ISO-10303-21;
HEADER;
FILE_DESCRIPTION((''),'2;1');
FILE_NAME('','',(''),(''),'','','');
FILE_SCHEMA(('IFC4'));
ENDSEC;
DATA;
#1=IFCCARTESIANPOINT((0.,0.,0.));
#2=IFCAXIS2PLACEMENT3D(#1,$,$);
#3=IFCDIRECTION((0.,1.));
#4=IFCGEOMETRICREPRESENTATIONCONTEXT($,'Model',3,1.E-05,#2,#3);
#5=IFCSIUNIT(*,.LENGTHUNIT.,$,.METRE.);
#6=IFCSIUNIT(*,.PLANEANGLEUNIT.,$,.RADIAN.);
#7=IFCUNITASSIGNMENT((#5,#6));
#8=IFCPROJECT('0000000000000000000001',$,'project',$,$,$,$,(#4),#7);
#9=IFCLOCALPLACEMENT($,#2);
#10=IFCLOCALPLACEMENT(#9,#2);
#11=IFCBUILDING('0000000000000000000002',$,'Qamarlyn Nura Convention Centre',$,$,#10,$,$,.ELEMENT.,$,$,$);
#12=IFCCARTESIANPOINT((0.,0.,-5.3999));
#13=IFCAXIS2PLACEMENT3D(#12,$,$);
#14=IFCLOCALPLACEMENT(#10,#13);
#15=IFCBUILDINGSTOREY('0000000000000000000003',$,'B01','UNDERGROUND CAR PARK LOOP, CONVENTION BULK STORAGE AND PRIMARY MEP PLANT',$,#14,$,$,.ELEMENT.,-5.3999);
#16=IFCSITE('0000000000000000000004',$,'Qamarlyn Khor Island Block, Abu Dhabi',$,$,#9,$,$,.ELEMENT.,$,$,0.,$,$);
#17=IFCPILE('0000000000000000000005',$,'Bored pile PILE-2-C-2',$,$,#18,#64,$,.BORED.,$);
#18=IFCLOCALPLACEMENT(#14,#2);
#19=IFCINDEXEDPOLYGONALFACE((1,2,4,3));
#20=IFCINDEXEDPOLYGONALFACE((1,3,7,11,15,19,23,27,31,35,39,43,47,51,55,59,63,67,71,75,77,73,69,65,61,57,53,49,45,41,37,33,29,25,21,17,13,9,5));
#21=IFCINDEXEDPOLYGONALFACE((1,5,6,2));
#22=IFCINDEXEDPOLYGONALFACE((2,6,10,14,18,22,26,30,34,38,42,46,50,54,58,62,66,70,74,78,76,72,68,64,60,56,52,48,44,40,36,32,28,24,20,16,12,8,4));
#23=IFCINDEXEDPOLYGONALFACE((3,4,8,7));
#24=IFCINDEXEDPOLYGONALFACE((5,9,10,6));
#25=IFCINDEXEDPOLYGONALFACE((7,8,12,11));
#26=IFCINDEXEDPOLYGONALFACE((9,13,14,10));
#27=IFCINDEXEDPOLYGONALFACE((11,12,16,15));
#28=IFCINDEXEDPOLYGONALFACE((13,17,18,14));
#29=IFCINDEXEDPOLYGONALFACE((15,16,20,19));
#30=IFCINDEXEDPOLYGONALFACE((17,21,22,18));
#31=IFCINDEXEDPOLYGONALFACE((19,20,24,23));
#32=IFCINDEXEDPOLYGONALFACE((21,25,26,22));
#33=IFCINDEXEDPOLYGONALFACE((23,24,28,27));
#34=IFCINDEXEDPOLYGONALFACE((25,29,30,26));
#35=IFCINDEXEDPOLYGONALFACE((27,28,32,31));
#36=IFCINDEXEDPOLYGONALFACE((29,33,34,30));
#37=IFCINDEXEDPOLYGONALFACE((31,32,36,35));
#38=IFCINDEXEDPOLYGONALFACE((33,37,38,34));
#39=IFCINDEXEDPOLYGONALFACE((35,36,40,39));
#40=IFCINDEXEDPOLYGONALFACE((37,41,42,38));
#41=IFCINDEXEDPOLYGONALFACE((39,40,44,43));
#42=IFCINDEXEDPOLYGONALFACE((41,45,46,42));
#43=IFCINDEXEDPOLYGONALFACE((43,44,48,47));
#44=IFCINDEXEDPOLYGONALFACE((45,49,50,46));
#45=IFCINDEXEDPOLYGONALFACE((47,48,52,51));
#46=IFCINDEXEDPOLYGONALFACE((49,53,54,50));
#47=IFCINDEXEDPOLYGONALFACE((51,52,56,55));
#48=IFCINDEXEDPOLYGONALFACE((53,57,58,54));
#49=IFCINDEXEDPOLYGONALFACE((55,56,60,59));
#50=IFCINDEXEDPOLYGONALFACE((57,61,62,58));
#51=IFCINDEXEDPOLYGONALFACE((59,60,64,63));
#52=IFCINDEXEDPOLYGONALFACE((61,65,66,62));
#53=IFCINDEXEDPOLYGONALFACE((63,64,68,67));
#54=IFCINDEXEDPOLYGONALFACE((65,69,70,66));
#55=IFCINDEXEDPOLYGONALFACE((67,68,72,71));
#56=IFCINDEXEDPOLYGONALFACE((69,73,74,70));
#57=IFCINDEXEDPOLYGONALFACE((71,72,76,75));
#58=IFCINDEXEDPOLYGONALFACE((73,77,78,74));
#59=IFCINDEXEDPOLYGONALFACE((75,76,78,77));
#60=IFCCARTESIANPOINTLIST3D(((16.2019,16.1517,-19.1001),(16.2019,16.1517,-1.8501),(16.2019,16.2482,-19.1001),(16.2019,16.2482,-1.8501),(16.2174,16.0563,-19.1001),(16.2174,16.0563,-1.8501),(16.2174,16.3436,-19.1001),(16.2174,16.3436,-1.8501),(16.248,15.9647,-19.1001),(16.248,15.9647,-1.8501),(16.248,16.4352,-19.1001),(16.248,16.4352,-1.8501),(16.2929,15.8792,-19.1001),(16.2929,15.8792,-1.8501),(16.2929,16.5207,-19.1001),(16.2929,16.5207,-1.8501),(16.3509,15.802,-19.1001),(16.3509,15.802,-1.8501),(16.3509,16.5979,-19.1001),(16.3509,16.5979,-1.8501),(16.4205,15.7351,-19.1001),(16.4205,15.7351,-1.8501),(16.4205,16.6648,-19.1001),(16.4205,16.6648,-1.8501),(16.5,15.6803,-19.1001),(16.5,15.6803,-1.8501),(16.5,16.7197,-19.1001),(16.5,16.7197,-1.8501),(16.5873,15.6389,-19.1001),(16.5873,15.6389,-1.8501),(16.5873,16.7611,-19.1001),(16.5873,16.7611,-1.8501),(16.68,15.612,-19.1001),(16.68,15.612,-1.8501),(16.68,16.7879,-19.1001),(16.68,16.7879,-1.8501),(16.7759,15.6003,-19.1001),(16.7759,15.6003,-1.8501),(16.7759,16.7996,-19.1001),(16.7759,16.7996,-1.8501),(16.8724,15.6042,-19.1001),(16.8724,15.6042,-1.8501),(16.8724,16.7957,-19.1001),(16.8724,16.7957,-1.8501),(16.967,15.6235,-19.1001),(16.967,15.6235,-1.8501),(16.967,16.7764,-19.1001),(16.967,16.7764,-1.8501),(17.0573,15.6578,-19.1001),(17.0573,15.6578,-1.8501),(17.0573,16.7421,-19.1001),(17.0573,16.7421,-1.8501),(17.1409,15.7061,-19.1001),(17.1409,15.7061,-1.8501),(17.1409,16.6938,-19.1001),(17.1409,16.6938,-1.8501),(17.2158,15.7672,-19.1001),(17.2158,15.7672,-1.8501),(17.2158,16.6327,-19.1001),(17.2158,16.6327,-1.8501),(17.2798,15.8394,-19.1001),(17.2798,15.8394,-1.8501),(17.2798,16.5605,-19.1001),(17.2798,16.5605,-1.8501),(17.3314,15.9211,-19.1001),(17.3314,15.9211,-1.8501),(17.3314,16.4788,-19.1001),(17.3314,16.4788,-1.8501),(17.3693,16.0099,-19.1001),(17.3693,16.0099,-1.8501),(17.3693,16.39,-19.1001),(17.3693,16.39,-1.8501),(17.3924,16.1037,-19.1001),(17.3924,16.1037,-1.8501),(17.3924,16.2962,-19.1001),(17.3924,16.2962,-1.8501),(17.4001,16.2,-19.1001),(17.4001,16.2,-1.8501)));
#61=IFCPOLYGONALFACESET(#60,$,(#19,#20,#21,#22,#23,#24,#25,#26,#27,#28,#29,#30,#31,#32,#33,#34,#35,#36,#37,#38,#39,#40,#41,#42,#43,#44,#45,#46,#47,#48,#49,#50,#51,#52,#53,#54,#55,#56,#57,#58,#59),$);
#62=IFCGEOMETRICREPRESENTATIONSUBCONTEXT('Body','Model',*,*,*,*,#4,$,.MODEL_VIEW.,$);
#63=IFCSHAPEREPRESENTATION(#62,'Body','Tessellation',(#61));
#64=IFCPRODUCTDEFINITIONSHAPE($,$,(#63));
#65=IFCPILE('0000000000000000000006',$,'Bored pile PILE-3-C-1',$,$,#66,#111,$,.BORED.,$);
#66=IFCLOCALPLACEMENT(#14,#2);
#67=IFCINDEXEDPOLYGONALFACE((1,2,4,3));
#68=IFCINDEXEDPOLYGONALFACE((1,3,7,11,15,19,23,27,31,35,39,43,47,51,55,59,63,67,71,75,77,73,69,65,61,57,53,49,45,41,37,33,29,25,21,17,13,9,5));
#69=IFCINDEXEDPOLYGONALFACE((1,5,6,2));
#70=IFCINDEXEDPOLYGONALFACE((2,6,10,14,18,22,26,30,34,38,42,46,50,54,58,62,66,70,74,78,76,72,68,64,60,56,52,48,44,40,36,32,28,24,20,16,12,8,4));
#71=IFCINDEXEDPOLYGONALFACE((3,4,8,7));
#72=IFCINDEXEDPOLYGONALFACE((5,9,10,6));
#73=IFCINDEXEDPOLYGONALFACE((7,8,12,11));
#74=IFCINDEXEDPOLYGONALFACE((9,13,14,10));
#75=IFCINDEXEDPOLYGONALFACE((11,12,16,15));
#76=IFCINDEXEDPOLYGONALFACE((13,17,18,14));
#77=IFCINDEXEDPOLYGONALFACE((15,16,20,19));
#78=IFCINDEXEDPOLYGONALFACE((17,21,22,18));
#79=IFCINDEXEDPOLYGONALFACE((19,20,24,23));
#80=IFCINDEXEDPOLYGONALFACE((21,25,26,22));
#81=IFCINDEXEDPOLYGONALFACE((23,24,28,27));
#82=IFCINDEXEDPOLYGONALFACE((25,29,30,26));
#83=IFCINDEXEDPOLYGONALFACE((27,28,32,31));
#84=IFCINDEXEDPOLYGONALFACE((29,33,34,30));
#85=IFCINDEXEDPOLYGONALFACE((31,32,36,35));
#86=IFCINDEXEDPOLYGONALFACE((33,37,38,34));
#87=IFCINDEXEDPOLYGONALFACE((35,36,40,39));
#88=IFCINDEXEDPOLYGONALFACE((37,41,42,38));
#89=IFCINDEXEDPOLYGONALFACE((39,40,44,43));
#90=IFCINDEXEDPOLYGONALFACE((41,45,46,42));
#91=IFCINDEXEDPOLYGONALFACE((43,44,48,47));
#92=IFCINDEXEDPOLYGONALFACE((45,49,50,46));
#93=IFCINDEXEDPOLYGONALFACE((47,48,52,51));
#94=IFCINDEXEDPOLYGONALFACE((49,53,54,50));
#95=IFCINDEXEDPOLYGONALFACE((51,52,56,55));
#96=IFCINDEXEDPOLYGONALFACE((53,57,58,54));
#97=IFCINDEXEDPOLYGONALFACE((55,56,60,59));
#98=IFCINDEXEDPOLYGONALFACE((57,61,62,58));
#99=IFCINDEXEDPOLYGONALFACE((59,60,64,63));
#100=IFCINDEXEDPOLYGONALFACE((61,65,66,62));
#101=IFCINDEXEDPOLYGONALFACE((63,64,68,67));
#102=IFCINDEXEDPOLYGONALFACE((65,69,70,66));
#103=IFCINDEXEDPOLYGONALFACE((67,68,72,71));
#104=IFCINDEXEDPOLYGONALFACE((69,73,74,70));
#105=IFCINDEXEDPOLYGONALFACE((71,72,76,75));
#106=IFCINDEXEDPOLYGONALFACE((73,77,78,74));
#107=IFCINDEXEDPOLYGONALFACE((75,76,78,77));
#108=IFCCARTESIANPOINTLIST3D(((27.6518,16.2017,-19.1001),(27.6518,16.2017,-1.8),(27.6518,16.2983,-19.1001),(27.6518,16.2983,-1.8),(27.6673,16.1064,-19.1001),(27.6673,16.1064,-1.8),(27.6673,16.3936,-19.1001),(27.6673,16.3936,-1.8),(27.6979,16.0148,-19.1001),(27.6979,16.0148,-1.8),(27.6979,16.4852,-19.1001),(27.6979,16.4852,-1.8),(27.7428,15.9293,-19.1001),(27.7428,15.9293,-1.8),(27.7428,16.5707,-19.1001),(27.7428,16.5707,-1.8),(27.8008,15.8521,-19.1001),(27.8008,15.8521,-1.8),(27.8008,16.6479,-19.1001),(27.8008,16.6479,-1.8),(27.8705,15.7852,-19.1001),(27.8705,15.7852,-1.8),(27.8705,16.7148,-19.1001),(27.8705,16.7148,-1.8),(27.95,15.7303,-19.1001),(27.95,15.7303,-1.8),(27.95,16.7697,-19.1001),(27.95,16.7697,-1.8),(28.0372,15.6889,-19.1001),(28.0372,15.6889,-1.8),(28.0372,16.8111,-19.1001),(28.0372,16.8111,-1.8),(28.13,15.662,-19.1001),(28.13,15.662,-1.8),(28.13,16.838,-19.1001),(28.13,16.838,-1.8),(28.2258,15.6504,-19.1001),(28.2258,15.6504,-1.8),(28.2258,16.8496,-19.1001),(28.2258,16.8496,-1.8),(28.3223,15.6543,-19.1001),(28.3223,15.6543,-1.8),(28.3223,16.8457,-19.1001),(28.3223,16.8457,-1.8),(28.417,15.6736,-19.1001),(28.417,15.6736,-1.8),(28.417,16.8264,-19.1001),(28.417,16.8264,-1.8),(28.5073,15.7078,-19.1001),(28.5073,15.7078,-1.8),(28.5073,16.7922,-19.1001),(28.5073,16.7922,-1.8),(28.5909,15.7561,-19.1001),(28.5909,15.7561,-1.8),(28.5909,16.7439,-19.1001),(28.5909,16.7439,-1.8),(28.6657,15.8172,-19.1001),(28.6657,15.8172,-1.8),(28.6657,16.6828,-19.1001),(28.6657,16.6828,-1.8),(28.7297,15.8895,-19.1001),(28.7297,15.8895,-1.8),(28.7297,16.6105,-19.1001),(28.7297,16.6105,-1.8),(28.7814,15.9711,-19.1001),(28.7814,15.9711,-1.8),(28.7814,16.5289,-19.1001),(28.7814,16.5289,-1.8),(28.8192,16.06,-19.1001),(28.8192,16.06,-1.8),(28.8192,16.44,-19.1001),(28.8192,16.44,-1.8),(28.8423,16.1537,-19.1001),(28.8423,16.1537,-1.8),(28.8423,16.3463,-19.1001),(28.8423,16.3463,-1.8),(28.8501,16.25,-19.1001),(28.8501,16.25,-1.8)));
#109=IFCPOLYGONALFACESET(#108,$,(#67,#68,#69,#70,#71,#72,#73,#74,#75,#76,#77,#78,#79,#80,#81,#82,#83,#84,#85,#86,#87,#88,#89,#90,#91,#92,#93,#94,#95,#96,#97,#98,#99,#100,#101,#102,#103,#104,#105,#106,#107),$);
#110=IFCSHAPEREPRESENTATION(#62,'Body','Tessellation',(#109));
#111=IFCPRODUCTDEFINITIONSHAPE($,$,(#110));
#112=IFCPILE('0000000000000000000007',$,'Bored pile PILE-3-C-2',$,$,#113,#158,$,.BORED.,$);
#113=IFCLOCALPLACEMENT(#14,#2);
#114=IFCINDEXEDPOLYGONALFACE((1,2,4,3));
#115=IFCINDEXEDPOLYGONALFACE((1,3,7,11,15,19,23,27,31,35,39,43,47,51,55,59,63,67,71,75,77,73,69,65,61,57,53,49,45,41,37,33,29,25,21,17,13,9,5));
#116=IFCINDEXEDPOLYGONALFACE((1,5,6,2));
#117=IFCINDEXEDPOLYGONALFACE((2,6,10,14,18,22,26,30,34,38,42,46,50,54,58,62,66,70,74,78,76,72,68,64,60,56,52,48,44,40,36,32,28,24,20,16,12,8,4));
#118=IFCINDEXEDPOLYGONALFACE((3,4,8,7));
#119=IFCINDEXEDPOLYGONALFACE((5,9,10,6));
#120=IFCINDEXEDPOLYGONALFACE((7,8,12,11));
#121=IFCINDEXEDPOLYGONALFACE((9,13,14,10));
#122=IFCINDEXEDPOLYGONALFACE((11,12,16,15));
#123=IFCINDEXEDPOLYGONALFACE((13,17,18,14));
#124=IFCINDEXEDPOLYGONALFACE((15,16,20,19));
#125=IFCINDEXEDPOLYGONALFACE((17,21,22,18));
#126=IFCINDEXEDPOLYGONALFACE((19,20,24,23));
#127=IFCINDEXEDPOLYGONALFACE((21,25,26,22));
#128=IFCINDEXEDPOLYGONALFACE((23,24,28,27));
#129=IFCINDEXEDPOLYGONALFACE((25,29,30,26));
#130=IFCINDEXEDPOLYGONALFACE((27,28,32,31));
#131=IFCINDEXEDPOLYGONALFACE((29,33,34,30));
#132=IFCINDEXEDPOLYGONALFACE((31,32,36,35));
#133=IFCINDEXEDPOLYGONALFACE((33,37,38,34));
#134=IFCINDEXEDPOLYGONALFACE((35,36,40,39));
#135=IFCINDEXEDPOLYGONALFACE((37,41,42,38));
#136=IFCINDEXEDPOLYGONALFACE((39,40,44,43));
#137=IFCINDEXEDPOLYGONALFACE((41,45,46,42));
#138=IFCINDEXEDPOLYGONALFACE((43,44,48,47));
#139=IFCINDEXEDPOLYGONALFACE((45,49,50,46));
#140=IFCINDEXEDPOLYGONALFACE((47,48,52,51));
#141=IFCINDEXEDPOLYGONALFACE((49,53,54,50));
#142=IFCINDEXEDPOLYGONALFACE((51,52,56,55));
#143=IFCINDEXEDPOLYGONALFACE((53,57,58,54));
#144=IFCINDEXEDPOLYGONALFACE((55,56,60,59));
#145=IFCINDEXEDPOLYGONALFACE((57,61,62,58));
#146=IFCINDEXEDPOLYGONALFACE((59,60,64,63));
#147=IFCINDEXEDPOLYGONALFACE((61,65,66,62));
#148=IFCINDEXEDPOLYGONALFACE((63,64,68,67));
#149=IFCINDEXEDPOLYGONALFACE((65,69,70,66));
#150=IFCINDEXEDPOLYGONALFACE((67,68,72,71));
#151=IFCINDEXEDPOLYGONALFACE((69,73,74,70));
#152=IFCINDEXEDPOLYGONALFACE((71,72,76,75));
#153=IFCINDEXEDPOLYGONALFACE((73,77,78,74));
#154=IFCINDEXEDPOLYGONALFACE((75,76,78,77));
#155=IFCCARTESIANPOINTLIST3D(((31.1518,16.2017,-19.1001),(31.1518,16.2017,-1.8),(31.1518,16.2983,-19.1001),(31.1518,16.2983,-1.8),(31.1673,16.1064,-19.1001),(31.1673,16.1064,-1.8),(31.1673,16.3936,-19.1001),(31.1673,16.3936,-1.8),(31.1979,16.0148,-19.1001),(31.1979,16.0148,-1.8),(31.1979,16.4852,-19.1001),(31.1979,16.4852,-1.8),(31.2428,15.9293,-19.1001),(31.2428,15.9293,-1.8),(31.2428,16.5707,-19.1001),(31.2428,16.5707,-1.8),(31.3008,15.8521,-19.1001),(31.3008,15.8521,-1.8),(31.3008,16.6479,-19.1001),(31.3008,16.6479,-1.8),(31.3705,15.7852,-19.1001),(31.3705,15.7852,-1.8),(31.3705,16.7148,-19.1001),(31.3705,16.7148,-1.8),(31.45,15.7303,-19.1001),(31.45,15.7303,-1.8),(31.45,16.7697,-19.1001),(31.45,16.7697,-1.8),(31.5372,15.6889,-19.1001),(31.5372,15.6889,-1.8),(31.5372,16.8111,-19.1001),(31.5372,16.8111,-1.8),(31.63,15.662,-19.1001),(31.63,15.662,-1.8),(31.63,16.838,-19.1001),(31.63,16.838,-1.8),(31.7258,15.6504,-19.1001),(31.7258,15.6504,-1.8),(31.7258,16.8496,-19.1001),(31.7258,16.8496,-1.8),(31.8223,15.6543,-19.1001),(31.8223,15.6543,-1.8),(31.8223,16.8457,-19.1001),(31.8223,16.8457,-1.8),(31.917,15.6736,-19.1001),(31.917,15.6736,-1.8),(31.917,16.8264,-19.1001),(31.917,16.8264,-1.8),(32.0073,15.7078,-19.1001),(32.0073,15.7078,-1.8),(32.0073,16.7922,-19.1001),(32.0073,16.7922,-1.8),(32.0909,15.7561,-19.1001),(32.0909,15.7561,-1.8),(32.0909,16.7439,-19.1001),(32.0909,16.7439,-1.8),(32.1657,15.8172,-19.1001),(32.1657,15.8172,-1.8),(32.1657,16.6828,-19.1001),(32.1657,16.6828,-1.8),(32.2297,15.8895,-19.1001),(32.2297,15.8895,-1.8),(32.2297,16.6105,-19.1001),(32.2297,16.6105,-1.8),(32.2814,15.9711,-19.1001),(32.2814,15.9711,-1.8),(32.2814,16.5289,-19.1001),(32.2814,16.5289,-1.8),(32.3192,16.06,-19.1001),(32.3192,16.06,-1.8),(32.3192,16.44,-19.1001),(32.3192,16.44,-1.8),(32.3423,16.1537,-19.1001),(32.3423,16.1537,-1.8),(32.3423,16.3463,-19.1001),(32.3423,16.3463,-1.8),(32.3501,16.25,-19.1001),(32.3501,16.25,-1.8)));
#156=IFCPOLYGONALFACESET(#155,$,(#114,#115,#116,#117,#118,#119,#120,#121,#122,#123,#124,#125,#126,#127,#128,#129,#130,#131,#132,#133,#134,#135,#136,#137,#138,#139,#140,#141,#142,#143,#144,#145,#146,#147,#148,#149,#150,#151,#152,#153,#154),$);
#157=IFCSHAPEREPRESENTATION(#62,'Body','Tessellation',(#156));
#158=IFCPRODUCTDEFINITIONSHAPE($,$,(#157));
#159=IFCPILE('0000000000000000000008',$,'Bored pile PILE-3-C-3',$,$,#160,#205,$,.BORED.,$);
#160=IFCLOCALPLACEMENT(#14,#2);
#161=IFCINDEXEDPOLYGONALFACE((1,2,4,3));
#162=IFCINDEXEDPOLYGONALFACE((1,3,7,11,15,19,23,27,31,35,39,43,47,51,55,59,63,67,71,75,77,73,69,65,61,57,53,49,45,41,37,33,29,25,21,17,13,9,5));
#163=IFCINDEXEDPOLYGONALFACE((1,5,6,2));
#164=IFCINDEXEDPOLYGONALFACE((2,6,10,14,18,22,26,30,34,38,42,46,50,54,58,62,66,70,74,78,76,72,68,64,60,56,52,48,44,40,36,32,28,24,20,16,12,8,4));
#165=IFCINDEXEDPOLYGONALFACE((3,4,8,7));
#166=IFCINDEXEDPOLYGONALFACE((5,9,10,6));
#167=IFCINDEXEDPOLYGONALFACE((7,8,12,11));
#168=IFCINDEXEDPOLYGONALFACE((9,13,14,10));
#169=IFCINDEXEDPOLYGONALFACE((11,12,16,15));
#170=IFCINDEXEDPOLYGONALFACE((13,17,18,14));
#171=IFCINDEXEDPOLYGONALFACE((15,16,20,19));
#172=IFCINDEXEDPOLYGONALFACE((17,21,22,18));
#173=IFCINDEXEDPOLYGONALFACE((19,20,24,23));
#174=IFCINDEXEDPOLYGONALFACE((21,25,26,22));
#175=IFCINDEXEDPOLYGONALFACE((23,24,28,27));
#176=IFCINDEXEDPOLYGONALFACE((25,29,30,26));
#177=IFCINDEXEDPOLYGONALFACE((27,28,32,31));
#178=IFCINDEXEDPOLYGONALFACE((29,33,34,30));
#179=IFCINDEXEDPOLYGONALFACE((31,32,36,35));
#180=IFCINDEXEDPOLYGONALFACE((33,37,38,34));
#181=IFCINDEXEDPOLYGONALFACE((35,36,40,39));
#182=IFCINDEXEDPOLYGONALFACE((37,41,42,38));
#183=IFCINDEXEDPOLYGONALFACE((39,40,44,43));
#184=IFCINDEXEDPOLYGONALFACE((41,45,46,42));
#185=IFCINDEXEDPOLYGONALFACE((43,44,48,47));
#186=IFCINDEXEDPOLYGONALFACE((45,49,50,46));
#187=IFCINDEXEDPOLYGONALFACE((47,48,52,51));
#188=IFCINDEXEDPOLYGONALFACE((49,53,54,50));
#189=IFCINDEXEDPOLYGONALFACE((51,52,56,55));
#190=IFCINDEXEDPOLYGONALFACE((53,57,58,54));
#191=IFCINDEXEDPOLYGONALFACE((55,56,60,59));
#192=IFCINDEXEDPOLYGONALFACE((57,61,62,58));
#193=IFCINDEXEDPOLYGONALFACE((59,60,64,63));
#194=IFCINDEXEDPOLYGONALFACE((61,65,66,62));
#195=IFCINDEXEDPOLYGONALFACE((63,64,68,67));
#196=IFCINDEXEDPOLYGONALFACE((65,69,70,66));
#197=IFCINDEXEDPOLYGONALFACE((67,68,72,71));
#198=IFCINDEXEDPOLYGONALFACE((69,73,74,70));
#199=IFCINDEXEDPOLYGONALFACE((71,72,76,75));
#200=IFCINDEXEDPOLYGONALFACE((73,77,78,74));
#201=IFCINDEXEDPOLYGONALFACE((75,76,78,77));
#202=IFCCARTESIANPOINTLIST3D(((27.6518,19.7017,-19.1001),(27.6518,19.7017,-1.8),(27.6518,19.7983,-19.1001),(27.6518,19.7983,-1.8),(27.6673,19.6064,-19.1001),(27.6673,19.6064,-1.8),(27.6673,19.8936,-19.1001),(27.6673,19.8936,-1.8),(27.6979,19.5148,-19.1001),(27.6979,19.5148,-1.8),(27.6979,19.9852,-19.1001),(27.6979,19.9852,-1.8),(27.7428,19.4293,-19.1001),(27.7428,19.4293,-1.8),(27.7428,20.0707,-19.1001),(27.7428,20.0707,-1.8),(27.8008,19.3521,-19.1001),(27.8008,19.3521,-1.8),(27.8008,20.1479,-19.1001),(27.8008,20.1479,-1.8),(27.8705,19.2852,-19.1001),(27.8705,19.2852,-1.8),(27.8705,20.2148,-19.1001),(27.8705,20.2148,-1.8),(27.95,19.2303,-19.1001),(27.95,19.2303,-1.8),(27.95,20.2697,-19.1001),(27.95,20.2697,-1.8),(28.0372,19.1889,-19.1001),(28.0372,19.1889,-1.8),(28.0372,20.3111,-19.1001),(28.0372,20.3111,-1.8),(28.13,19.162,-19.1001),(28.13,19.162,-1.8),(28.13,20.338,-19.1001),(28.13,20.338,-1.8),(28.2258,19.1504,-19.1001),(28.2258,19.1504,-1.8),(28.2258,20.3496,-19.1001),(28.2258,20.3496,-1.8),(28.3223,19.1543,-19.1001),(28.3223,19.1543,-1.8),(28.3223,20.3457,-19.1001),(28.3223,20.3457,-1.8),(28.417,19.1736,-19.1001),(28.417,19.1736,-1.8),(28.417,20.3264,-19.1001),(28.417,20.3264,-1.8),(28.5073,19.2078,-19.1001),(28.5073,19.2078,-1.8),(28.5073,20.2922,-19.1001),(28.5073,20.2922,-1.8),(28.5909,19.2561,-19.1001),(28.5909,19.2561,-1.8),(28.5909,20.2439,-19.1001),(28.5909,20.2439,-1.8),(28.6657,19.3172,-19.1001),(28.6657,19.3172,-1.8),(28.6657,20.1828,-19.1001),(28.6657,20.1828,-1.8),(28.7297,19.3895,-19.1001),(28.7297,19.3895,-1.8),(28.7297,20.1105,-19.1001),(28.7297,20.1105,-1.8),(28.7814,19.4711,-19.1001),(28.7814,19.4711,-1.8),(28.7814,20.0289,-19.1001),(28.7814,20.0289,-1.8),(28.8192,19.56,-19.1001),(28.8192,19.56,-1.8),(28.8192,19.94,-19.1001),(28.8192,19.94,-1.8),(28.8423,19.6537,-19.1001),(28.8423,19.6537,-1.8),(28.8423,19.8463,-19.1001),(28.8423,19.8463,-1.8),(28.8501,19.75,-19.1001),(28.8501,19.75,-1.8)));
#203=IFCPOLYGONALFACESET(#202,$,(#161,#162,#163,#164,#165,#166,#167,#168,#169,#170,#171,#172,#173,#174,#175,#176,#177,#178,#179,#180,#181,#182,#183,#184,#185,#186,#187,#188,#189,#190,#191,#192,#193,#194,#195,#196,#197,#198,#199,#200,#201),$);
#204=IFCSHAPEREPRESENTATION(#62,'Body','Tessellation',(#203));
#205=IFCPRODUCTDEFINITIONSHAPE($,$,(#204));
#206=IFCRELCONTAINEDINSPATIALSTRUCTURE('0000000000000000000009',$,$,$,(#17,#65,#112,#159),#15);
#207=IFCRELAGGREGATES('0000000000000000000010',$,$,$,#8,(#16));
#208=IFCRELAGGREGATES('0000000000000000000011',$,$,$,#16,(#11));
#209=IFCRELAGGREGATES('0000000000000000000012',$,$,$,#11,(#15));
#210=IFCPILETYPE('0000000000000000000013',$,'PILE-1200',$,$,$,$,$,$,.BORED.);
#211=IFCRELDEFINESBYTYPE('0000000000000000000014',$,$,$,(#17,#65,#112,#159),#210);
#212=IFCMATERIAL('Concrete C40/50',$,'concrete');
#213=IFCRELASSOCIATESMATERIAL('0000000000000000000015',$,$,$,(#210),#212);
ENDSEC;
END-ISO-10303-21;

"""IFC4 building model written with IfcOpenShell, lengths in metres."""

from ifc_helpers import new_model, si_unit, direction, frame, origin, origin_2d, place, context, subcontext, project, spatial, circle, extrude, material, material_profile, profile_set, type_object, element, save


model = new_model("IFC4")

# Units and contexts
model_context = context("Model", 3, precision=1e-05, world=origin(), true_north=direction((0.0, 1.0)))
body_context = subcontext(model_context, "Body", "Model", "MODEL_VIEW")
ifc_project = project(units=[si_unit("LENGTHUNIT", "METRE"), si_unit("PLANEANGLEUNIT", "RADIAN")], contexts=[model_context])

# Site, building, storey
site_placement = place(None, origin())
site = spatial("IfcSite", under=ifc_project, at=site_placement, Name="Qamarlyn Khor Island Block, Abu Dhabi", CompositionType="ELEMENT", RefElevation=0.0)
building_placement = place(site_placement, origin())
building = spatial("IfcBuilding", under=site, at=building_placement, Name="Qamarlyn Nura Convention Centre", CompositionType="ELEMENT")
storey_placement = place(building_placement, frame((0.0, 0.0, -5.3999)))
storey = spatial("IfcBuildingStorey", under=building, at=storey_placement, Name="B01", Description="UNDERGROUND CAR PARK LOOP, CONVENTION BULK STORAGE AND PRIMARY MEP PLANT", CompositionType="ELEMENT", Elevation=-5.3999)

# Shared definitions
ifc_material_1 = material(Name="Concrete C40/50", Category="concrete")

# Piles
ifc_material_profile_1 = material_profile(ifc_material_1, circle(Radius=0.6001, at=origin_2d()), Name="BORED PILE 1200")
ifc_profile_set_1 = profile_set([ifc_material_profile_1], Name="Concrete C40/50")
pile_type = type_object("IfcPileType", Name="PILE-1200", PredefinedType="BORED", material=ifc_profile_set_1)
for number, where, z_axis, x_axis, name in (
    (1, (16.8, 16.2, -1.8501), (0.0, 0.0, -1.0), (1.0, 0.0, 0.0), "Bored pile PILE-2-C-2"),
):
    element("IfcPile", number, at=place(storey_placement, frame(where, z_axis=z_axis, x_axis=x_axis)), inside=storey, type_object=pile_type, Name=name, PredefinedType="BORED", context=body_context, shape_type="SweptSolid", body=[
        extrude(circle(Radius=0.6001, at=origin_2d()), origin(), (0.0, 0.0, 1.0), 17.25),
    ])
for number, where, z_axis, x_axis, name in (
    (2, (28.25, 16.25, -1.8), (0.0, 0.0, -1.0), (1.0, 0.0, 0.0), "Bored pile PILE-3-C-1"),
    (3, (31.75, 16.25, -1.8), (0.0, 0.0, -1.0), (1.0, 0.0, 0.0), "Bored pile PILE-3-C-2"),
    (4, (28.25, 19.75, -1.8), (0.0, 0.0, -1.0), (1.0, 0.0, 0.0), "Bored pile PILE-3-C-3"),
):
    element("IfcPile", number, at=place(storey_placement, frame(where, z_axis=z_axis, x_axis=x_axis)), inside=storey, type_object=pile_type, Name=name, PredefinedType="BORED", context=body_context, shape_type="SweptSolid", body=[
        extrude(circle(Radius=0.6001, at=origin_2d()), origin(), (0.0, 0.0, 1.0), 17.3),
    ])

save(model, "model.ifc")
